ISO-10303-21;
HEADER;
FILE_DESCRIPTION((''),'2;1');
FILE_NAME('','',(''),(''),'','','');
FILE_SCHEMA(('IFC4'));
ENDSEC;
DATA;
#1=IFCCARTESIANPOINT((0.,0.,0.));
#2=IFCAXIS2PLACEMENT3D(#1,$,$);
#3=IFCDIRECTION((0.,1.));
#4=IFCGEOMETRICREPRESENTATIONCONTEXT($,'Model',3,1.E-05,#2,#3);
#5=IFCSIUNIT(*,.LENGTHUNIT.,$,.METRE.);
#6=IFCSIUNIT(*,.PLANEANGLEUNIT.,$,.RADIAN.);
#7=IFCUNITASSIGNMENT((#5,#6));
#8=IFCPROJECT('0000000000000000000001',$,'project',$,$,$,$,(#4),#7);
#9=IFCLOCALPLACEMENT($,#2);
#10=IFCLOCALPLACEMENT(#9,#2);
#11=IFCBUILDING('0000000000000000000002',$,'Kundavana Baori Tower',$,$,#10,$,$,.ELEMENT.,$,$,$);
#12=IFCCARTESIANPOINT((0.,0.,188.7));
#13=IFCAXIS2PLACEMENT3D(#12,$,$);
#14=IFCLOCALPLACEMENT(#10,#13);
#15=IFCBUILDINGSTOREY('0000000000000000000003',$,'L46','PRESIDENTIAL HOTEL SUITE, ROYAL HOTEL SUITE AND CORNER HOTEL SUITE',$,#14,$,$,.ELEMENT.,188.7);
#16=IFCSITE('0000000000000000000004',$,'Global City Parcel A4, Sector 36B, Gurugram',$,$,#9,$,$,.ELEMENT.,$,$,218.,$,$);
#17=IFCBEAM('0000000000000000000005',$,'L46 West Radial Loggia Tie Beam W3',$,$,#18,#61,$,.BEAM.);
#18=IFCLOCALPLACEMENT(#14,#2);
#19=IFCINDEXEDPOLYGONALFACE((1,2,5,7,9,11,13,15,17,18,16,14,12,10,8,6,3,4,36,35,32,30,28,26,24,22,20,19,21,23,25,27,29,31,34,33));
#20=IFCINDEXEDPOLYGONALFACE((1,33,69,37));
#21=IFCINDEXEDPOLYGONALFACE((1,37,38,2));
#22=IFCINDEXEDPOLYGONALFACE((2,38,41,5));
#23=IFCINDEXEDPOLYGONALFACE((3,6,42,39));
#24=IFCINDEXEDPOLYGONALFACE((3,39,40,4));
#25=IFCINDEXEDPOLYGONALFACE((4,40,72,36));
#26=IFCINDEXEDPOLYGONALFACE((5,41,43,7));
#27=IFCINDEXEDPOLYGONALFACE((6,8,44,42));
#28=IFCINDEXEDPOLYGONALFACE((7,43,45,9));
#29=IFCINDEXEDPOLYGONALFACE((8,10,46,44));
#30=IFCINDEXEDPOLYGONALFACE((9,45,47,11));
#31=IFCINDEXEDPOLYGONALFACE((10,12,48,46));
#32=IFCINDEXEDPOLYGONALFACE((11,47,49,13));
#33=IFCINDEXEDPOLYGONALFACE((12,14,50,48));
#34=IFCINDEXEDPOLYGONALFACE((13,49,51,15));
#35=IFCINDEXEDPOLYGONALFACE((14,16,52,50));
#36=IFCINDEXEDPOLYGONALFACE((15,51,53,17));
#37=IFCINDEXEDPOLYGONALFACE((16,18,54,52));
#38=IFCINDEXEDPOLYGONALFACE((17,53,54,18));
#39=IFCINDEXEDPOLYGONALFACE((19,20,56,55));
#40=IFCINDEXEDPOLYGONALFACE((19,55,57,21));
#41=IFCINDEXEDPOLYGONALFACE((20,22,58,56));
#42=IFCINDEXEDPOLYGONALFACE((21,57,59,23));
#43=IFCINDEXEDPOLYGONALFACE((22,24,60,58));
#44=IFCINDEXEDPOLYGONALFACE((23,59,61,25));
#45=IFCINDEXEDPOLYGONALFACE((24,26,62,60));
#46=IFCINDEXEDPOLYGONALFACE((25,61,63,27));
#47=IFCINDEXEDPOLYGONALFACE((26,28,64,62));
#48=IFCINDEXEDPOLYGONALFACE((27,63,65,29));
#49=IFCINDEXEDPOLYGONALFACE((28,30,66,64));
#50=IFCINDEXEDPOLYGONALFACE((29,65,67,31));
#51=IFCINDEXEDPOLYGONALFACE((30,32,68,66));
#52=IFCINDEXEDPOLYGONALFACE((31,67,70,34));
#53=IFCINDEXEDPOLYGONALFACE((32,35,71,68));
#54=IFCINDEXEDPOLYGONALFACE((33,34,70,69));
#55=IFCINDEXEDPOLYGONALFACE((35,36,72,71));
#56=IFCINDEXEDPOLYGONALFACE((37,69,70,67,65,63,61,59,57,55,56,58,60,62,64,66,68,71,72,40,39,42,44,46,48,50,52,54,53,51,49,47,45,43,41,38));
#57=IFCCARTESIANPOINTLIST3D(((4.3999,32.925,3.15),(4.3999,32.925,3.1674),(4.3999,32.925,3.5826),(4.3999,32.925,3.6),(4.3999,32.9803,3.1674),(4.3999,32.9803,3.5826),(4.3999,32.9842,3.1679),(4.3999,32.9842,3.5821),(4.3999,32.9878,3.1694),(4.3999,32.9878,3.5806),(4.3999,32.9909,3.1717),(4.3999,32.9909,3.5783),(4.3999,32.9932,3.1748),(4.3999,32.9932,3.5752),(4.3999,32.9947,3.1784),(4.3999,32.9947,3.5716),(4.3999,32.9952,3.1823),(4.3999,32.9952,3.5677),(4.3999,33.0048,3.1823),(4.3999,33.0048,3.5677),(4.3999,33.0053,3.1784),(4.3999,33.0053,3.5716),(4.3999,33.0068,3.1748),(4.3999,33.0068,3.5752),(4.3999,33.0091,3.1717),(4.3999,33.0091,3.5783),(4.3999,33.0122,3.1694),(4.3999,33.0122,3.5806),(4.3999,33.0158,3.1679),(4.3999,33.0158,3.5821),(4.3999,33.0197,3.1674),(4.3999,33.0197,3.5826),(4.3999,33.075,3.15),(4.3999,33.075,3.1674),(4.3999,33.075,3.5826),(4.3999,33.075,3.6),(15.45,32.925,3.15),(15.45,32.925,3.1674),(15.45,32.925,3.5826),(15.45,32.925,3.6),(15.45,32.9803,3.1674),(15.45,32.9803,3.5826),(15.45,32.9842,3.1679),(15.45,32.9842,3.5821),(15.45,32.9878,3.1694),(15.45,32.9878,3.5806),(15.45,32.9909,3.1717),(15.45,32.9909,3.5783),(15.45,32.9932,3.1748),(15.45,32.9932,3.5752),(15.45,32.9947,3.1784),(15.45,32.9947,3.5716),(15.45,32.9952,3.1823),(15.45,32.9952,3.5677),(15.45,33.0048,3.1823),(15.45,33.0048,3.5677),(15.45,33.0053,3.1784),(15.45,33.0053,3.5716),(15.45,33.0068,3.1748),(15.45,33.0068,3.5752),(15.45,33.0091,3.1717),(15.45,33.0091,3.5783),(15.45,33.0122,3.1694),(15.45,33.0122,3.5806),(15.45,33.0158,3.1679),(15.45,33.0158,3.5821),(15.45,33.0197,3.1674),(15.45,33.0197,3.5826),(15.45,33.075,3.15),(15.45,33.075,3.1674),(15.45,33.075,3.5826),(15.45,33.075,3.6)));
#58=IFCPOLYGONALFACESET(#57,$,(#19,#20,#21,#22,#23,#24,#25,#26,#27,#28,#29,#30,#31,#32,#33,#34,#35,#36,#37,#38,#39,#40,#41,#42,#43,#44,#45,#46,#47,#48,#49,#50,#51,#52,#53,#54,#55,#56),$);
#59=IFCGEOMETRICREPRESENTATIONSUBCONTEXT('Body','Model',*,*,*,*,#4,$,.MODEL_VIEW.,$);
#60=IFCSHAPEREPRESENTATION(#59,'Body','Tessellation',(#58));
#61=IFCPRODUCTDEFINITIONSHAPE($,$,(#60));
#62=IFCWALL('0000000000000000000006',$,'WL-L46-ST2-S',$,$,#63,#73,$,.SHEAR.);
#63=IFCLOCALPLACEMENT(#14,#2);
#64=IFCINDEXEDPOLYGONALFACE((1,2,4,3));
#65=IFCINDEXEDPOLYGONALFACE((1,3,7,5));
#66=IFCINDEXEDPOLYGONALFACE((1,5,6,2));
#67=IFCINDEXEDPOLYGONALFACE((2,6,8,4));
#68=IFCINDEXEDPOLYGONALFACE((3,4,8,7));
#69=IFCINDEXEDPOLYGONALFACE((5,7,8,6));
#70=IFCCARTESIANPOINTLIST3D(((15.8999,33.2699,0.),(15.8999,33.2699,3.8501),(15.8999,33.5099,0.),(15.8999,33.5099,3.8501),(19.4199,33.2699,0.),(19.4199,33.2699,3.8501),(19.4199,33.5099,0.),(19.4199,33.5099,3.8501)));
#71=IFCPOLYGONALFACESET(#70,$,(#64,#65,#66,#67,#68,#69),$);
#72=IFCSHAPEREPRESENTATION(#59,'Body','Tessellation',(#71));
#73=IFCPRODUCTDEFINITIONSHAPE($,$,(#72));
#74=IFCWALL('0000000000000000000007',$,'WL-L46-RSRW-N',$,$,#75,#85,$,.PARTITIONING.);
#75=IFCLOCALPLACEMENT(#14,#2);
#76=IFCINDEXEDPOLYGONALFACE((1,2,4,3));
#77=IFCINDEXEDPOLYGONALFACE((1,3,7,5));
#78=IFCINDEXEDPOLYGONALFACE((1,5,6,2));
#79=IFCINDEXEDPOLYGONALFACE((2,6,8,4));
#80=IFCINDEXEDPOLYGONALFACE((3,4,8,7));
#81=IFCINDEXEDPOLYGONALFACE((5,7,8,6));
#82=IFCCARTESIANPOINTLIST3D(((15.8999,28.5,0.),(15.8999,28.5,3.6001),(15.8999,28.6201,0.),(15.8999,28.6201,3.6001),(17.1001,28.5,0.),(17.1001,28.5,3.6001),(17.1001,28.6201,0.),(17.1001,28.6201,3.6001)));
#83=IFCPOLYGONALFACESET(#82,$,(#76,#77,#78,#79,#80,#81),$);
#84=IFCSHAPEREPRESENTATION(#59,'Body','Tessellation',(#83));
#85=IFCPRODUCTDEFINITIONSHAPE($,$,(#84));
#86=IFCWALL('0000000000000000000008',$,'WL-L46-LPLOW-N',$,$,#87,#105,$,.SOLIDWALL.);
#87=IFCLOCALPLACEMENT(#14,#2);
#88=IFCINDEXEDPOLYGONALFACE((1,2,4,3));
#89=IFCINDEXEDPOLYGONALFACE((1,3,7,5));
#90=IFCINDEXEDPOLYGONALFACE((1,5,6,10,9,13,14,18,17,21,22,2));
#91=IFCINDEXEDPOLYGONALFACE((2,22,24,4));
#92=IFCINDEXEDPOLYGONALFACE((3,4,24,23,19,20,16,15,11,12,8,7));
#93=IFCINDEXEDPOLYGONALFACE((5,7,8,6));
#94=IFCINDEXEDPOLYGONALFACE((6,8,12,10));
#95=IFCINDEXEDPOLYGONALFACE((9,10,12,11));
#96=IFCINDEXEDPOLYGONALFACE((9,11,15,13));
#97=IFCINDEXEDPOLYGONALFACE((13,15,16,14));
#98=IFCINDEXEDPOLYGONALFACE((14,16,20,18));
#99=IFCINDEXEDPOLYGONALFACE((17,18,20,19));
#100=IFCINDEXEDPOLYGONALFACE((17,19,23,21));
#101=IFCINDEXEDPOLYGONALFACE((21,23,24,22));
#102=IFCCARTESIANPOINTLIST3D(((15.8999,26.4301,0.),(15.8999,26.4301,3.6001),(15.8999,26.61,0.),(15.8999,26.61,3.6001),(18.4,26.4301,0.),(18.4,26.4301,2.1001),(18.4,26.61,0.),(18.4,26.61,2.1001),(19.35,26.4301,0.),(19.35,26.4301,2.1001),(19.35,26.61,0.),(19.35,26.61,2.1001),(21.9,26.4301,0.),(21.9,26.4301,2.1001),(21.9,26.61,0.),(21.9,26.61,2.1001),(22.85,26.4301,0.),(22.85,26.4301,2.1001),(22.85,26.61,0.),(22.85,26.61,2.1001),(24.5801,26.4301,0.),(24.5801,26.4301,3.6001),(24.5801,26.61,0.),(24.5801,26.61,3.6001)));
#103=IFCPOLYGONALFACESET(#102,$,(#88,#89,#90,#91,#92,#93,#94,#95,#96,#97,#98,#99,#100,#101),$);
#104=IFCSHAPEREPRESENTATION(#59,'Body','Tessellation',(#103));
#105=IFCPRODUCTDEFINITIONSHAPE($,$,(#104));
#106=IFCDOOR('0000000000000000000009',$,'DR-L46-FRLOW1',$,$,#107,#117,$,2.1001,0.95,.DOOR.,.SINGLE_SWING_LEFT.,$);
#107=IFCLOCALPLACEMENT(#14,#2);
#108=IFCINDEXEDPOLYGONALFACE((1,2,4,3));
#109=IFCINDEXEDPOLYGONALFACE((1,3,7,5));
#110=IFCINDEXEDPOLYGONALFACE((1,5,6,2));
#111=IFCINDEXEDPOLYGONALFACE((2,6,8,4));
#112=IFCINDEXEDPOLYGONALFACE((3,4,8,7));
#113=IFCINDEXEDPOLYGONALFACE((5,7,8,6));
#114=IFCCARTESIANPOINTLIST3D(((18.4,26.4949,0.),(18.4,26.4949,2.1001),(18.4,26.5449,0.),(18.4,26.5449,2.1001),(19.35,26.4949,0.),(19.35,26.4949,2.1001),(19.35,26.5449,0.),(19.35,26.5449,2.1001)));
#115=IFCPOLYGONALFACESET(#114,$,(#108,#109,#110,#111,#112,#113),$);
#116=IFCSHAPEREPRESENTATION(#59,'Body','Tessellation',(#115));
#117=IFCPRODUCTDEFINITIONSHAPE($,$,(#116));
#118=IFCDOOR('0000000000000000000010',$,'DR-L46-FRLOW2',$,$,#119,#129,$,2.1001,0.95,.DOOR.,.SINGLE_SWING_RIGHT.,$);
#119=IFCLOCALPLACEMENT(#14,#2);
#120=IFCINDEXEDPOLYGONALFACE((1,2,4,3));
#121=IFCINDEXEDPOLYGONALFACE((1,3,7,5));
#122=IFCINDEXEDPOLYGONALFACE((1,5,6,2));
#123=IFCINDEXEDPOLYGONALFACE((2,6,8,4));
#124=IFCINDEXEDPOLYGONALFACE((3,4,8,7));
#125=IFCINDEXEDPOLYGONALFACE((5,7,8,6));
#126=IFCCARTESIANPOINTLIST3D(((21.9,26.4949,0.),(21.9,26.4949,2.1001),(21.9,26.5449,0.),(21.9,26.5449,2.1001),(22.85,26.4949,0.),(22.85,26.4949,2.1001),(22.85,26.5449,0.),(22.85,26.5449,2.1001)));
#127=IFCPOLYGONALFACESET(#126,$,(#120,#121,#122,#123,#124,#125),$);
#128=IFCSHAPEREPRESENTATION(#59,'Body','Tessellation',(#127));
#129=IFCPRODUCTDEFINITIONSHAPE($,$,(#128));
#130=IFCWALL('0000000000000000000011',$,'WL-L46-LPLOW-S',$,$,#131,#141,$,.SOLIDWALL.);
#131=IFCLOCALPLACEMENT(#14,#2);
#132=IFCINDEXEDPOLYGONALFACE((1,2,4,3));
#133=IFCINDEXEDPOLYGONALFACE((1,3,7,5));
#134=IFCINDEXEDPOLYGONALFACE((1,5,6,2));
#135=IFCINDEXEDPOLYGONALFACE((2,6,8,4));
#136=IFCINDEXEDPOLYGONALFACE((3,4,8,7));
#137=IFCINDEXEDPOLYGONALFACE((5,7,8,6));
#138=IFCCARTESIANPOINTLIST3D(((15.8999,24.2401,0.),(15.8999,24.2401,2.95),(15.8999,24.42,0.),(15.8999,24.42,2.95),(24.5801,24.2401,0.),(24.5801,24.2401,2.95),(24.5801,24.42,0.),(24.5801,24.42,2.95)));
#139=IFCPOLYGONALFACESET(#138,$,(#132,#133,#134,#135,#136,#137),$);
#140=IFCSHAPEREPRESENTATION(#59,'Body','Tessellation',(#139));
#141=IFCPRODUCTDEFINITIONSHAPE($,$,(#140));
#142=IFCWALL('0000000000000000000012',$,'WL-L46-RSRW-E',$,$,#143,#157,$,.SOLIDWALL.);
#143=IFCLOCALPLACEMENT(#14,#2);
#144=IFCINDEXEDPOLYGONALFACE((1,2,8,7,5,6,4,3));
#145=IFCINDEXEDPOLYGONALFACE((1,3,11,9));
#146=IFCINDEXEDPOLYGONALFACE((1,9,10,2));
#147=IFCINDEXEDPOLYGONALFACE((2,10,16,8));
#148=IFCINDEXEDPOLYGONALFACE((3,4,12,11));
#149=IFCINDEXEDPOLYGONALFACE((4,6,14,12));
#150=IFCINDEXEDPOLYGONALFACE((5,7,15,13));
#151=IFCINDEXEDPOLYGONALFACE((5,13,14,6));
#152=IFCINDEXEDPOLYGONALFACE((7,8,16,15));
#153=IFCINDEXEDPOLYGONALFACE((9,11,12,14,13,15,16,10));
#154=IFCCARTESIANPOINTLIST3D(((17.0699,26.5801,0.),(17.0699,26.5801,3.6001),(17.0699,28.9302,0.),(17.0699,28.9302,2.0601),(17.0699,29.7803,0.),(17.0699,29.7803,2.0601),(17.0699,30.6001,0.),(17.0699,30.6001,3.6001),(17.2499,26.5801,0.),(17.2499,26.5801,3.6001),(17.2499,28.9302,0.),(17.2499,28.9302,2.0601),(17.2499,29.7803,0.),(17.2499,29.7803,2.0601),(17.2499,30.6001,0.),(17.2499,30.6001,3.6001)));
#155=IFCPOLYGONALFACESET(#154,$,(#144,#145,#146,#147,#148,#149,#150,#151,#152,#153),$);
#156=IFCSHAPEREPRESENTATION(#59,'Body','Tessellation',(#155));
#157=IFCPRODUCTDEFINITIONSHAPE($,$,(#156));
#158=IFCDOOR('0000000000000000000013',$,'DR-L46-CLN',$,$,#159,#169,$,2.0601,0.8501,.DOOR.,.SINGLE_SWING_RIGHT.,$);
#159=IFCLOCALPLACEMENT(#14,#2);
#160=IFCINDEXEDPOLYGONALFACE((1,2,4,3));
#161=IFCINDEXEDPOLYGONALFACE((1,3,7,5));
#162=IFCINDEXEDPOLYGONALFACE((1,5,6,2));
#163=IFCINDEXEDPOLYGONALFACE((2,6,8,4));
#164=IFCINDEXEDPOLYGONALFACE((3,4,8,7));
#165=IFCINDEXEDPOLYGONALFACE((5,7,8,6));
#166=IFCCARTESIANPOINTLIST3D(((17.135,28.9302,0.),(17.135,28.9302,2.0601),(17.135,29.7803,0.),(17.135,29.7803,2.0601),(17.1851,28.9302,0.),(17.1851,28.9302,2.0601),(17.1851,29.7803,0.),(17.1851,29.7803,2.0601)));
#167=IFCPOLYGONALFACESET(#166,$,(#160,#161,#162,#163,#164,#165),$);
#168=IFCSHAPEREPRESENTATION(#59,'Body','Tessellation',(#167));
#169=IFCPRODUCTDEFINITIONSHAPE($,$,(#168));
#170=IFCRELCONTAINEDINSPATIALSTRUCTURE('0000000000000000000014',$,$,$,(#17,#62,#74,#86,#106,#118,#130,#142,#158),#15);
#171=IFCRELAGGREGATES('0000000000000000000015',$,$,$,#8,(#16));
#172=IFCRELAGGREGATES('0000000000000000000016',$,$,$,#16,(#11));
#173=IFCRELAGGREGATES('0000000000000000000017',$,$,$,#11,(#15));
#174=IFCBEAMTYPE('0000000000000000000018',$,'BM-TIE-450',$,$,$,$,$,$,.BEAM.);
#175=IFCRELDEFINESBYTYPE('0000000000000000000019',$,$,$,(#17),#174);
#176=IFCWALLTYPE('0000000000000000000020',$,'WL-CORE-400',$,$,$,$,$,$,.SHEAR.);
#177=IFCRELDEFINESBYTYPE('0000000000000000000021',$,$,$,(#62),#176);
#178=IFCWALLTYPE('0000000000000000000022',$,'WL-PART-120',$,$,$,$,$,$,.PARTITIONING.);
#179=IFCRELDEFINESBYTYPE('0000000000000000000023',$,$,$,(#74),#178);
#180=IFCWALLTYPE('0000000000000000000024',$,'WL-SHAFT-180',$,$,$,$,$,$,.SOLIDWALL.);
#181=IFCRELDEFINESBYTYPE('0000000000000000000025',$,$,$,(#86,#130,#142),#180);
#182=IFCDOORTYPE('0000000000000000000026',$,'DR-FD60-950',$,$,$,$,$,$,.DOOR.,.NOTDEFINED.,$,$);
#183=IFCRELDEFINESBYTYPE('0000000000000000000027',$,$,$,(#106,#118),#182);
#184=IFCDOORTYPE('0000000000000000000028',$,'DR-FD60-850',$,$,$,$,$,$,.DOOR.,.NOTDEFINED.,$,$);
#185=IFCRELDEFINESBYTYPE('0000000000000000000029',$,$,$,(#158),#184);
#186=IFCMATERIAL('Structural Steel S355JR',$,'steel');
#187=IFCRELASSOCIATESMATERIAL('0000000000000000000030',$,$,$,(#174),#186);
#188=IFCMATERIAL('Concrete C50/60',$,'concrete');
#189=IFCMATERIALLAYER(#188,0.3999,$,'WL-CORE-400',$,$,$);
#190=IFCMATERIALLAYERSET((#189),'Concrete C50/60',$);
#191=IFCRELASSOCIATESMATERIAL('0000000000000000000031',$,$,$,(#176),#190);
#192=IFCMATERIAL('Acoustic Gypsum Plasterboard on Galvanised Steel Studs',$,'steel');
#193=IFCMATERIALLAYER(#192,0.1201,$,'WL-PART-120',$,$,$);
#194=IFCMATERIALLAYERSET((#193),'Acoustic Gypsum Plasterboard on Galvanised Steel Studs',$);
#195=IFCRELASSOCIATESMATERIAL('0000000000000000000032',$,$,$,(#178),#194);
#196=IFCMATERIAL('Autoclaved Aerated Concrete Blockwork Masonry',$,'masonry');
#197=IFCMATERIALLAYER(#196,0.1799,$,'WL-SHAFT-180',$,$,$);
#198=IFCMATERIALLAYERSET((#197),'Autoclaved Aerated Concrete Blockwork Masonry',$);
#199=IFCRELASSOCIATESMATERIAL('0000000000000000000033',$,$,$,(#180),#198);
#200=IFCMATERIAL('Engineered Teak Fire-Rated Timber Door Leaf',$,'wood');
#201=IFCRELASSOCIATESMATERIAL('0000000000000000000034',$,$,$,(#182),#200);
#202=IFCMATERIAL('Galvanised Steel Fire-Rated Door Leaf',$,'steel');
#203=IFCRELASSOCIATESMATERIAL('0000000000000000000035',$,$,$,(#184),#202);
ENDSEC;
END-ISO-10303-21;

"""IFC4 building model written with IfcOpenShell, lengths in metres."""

from ifc_helpers import new_model, si_unit, direction, frame, frame_2d, origin, origin_2d, place, context, subcontext, project, spatial, rectangle, i_section, extrude, material, layer, layer_set, material_profile, profile_set, type_object, element, fill, save


model = new_model("IFC4")

# Units and contexts
model_context = context("Model", 3, precision=1e-05, world=origin(), true_north=direction((0.0, 1.0)))
body_context = subcontext(model_context, "Body", "Model", "MODEL_VIEW")
ifc_project = project(units=[si_unit("LENGTHUNIT", "METRE"), si_unit("PLANEANGLEUNIT", "RADIAN")], contexts=[model_context])

# Site, building, storey
site_placement = place(None, origin())
site = spatial("IfcSite", under=ifc_project, at=site_placement, Name="Global City Parcel A4, Sector 36B, Gurugram", CompositionType="ELEMENT", RefElevation=218.0)
building_placement = place(site_placement, origin())
building = spatial("IfcBuilding", under=site, at=building_placement, Name="Kundavana Baori Tower", CompositionType="ELEMENT")
storey_placement = place(building_placement, frame((0.0, 0.0, 188.7)))
storey = spatial("IfcBuildingStorey", under=building, at=storey_placement, Name="L46", Description="PRESIDENTIAL HOTEL SUITE, ROYAL HOTEL SUITE AND CORNER HOTEL SUITE", CompositionType="ELEMENT", Elevation=188.7)

# Beam
ifc_material_1 = material(Name="Structural Steel S355JR", Category="steel")
ifc_material_profile_1 = material_profile(ifc_material_1, i_section(OverallWidth=0.1499, OverallDepth=0.45, WebThickness=0.0095, FlangeThickness=0.0173, FilletRadius=0.0149, at=origin_2d()), Name="ISMB 450")
ifc_profile_set_1 = profile_set([ifc_material_profile_1], Name="Structural Steel S355JR")
beam_type_1 = type_object("IfcBeamType", Name="BM-TIE-450", PredefinedType="BEAM", material=ifc_profile_set_1)
for number, where, z_axis, x_axis, name in (
    (1, (15.45, 33.0, 3.375), (-1.0, 0.0, 0.0), (0.0, -1.0, 0.0), "L46 West Radial Loggia Tie Beam W3"),
):
    element("IfcBeam", number, at=place(storey_placement, frame(where, z_axis=z_axis, x_axis=x_axis)), inside=storey, type_object=beam_type_1, Name=name, PredefinedType="BEAM", context=body_context, shape_type="SweptSolid", body=[
        extrude(i_section(OverallWidth=0.1499, OverallDepth=0.45, WebThickness=0.0095, FlangeThickness=0.0173, FilletRadius=0.0149, at=origin_2d()), origin(), (0.0, 0.0, 1.0), 11.05),
    ])

# Walls
ifc_material_2 = material(Name="Concrete C50/60", Category="concrete")
ifc_layer_1 = layer(ifc_material_2, 0.3999, Name="WL-CORE-400")
ifc_layer_set_1 = layer_set([ifc_layer_1], Name="Concrete C50/60")
wall_type_1 = type_object("IfcWallType", Name="WL-CORE-400", PredefinedType="SHEAR", material=ifc_layer_set_1)
wall_1_placement = place(storey_placement, frame((15.8999, 33.3899, 0.0), z_axis=(0.0, 0.0, 1.0), x_axis=(1.0, 0.0, 0.0)))
element("IfcWall", 2, at=wall_1_placement, inside=storey, type_object=wall_type_1, Name="WL-L46-ST2-S", PredefinedType="SHEAR", context=body_context, shape_type="SweptSolid", body=[
    extrude(rectangle(XDim=3.52, YDim=0.24, at=frame_2d((1.76, 0.0))), origin(), (0.0, 0.0, 1.0), 3.8501),
])
ifc_material_3 = material(Name="Acoustic Gypsum Plasterboard on Galvanised Steel Studs", Category="steel")
ifc_layer_2 = layer(ifc_material_3, 0.1201, Name="WL-PART-120")
ifc_layer_set_2 = layer_set([ifc_layer_2], Name="Acoustic Gypsum Plasterboard on Galvanised Steel Studs")
wall_type_2 = type_object("IfcWallType", Name="WL-PART-120", PredefinedType="PARTITIONING", material=ifc_layer_set_2)
wall_2_placement = place(storey_placement, frame((15.8999, 28.5601, 0.0), z_axis=(0.0, 0.0, 1.0), x_axis=(1.0, 0.0, 0.0)))
element("IfcWall", 3, at=wall_2_placement, inside=storey, type_object=wall_type_2, Name="WL-L46-RSRW-N", PredefinedType="PARTITIONING", context=body_context, shape_type="SweptSolid", body=[
    extrude(rectangle(XDim=1.2002, YDim=0.1201, at=frame_2d((0.6001, 0.0))), origin(), (0.0, 0.0, 1.0), 3.6001),
])

# Wall, openings, doors
ifc_material_4 = material(Name="Autoclaved Aerated Concrete Blockwork Masonry", Category="masonry")
ifc_layer_3 = layer(ifc_material_4, 0.1799, Name="WL-SHAFT-180")
ifc_layer_set_3 = layer_set([ifc_layer_3], Name="Autoclaved Aerated Concrete Blockwork Masonry")
wall_type_3 = type_object("IfcWallType", Name="WL-SHAFT-180", PredefinedType="SOLIDWALL", material=ifc_layer_set_3)
wall_3_placement = place(storey_placement, frame((15.8999, 26.52, 0.0), z_axis=(0.0, 0.0, 1.0), x_axis=(1.0, 0.0, 0.0)))
wall_3 = element("IfcWall", 4, at=wall_3_placement, inside=storey, type_object=wall_type_3, Name="WL-L46-LPLOW-N", PredefinedType="SOLIDWALL", context=body_context, shape_type="SweptSolid", body=[
    extrude(rectangle(XDim=8.6802, YDim=0.1799, at=frame_2d((4.3401, 0.0))), origin(), (0.0, 0.0, 1.0), 3.6001),
])
opening_1_placement = place(wall_3_placement, frame((2.5, 0.0, 0.0)))
opening_1 = element("IfcOpeningElement", 5, at=opening_1_placement, cuts=wall_3, PredefinedType="OPENING", context=body_context, shape_type="SweptSolid", body=[
    extrude(rectangle(XDim=0.95, YDim=2.1001, at=frame_2d((0.4751, 1.05))), frame((0.0, 0.1001, 0.0), z_axis=(0.0, -1.0, 0.0), x_axis=(1.0, 0.0, 0.0)), (0.0, 0.0, 1.0), 0.2),
])
opening_2_placement = place(wall_3_placement, frame((6.0, 0.0, 0.0)))
opening_2 = element("IfcOpeningElement", 6, at=opening_2_placement, cuts=wall_3, PredefinedType="OPENING", context=body_context, shape_type="SweptSolid", body=[
    extrude(rectangle(XDim=0.95, YDim=2.1001, at=frame_2d((0.4751, 1.05))), frame((0.0, 0.1001, 0.0), z_axis=(0.0, -1.0, 0.0), x_axis=(1.0, 0.0, 0.0)), (0.0, 0.0, 1.0), 0.2),
])
ifc_material_5 = material(Name="Engineered Teak Fire-Rated Timber Door Leaf", Category="wood")
door_type_1 = type_object("IfcDoorType", Name="DR-FD60-950", OperationType="NOTDEFINED", PredefinedType="DOOR", material=ifc_material_5)
door_1_placement = place(opening_1_placement, origin())
door_1 = element("IfcDoor", 7, at=door_1_placement, inside=storey, type_object=door_type_1, Name="DR-L46-FRLOW1", OperationType="SINGLE_SWING_LEFT", OverallHeight=2.1001, OverallWidth=0.95, PredefinedType="DOOR", context=body_context, shape_type="SweptSolid", body=[
    extrude(rectangle(XDim=0.95, YDim=2.1001, at=frame_2d((0.4751, 1.05))), frame((0.0, 0.0249, 0.0), z_axis=(0.0, -1.0, 0.0), x_axis=(1.0, 0.0, 0.0)), (0.0, 0.0, 1.0), 0.05),
])
fill(opening_1, door_1)
door_2_placement = place(opening_2_placement, origin())
door_2 = element("IfcDoor", 8, at=door_2_placement, inside=storey, type_object=door_type_1, Name="DR-L46-FRLOW2", OperationType="SINGLE_SWING_RIGHT", OverallHeight=2.1001, OverallWidth=0.95, PredefinedType="DOOR", context=body_context, shape_type="SweptSolid", body=[
    extrude(rectangle(XDim=0.95, YDim=2.1001, at=frame_2d((0.4751, 1.05))), frame((0.0, 0.0249, 0.0), z_axis=(0.0, -1.0, 0.0), x_axis=(1.0, 0.0, 0.0)), (0.0, 0.0, 1.0), 0.05),
])
fill(opening_2, door_2)

# Wall
wall_4_placement = place(storey_placement, frame((15.8999, 24.3301, 0.0), z_axis=(0.0, 0.0, 1.0), x_axis=(1.0, 0.0, 0.0)))
element("IfcWall", 9, at=wall_4_placement, inside=storey, type_object=wall_type_3, Name="WL-L46-LPLOW-S", PredefinedType="SOLIDWALL", context=body_context, shape_type="SweptSolid", body=[
    extrude(rectangle(XDim=8.6802, YDim=0.1799, at=frame_2d((4.3401, 0.0))), origin(), (0.0, 0.0, 1.0), 2.95),
])

# Wall, opening, door
wall_5_placement = place(storey_placement, frame((17.1599, 26.5801, 0.0), z_axis=(0.0, 0.0, 1.0), x_axis=(0.0, 1.0, 0.0)))
wall_5 = element("IfcWall", 10, at=wall_5_placement, inside=storey, type_object=wall_type_3, Name="WL-L46-RSRW-E", PredefinedType="SOLIDWALL", context=body_context, shape_type="SweptSolid", body=[
    extrude(rectangle(XDim=4.02, YDim=0.1799, at=frame_2d((2.01, 0.0))), origin(), (0.0, 0.0, 1.0), 3.6001),
])
opening_3_placement = place(wall_5_placement, frame((2.3501, 0.0, 0.0)))
opening_3 = element("IfcOpeningElement", 11, at=opening_3_placement, cuts=wall_5, PredefinedType="OPENING", context=body_context, shape_type="SweptSolid", body=[
    extrude(rectangle(XDim=0.8501, YDim=2.0601, at=frame_2d((0.425, 1.03))), frame((0.0, 0.1001, 0.0), z_axis=(0.0, -1.0, 0.0), x_axis=(1.0, 0.0, 0.0)), (0.0, 0.0, 1.0), 0.2),
])
ifc_material_6 = material(Name="Galvanised Steel Fire-Rated Door Leaf", Category="steel")
door_type_2 = type_object("IfcDoorType", Name="DR-FD60-850", OperationType="NOTDEFINED", PredefinedType="DOOR", material=ifc_material_6)
door_3_placement = place(opening_3_placement, origin())
door_3 = element("IfcDoor", 12, at=door_3_placement, inside=storey, type_object=door_type_2, Name="DR-L46-CLN", OperationType="SINGLE_SWING_RIGHT", OverallHeight=2.0601, OverallWidth=0.8501, PredefinedType="DOOR", context=body_context, shape_type="SweptSolid", body=[
    extrude(rectangle(XDim=0.8501, YDim=2.0601, at=frame_2d((0.425, 1.03))), frame((0.0, 0.0249, 0.0), z_axis=(0.0, -1.0, 0.0), x_axis=(1.0, 0.0, 0.0)), (0.0, 0.0, 1.0), 0.05),
])
fill(opening_3, door_3)

save(model, "model.ifc")
